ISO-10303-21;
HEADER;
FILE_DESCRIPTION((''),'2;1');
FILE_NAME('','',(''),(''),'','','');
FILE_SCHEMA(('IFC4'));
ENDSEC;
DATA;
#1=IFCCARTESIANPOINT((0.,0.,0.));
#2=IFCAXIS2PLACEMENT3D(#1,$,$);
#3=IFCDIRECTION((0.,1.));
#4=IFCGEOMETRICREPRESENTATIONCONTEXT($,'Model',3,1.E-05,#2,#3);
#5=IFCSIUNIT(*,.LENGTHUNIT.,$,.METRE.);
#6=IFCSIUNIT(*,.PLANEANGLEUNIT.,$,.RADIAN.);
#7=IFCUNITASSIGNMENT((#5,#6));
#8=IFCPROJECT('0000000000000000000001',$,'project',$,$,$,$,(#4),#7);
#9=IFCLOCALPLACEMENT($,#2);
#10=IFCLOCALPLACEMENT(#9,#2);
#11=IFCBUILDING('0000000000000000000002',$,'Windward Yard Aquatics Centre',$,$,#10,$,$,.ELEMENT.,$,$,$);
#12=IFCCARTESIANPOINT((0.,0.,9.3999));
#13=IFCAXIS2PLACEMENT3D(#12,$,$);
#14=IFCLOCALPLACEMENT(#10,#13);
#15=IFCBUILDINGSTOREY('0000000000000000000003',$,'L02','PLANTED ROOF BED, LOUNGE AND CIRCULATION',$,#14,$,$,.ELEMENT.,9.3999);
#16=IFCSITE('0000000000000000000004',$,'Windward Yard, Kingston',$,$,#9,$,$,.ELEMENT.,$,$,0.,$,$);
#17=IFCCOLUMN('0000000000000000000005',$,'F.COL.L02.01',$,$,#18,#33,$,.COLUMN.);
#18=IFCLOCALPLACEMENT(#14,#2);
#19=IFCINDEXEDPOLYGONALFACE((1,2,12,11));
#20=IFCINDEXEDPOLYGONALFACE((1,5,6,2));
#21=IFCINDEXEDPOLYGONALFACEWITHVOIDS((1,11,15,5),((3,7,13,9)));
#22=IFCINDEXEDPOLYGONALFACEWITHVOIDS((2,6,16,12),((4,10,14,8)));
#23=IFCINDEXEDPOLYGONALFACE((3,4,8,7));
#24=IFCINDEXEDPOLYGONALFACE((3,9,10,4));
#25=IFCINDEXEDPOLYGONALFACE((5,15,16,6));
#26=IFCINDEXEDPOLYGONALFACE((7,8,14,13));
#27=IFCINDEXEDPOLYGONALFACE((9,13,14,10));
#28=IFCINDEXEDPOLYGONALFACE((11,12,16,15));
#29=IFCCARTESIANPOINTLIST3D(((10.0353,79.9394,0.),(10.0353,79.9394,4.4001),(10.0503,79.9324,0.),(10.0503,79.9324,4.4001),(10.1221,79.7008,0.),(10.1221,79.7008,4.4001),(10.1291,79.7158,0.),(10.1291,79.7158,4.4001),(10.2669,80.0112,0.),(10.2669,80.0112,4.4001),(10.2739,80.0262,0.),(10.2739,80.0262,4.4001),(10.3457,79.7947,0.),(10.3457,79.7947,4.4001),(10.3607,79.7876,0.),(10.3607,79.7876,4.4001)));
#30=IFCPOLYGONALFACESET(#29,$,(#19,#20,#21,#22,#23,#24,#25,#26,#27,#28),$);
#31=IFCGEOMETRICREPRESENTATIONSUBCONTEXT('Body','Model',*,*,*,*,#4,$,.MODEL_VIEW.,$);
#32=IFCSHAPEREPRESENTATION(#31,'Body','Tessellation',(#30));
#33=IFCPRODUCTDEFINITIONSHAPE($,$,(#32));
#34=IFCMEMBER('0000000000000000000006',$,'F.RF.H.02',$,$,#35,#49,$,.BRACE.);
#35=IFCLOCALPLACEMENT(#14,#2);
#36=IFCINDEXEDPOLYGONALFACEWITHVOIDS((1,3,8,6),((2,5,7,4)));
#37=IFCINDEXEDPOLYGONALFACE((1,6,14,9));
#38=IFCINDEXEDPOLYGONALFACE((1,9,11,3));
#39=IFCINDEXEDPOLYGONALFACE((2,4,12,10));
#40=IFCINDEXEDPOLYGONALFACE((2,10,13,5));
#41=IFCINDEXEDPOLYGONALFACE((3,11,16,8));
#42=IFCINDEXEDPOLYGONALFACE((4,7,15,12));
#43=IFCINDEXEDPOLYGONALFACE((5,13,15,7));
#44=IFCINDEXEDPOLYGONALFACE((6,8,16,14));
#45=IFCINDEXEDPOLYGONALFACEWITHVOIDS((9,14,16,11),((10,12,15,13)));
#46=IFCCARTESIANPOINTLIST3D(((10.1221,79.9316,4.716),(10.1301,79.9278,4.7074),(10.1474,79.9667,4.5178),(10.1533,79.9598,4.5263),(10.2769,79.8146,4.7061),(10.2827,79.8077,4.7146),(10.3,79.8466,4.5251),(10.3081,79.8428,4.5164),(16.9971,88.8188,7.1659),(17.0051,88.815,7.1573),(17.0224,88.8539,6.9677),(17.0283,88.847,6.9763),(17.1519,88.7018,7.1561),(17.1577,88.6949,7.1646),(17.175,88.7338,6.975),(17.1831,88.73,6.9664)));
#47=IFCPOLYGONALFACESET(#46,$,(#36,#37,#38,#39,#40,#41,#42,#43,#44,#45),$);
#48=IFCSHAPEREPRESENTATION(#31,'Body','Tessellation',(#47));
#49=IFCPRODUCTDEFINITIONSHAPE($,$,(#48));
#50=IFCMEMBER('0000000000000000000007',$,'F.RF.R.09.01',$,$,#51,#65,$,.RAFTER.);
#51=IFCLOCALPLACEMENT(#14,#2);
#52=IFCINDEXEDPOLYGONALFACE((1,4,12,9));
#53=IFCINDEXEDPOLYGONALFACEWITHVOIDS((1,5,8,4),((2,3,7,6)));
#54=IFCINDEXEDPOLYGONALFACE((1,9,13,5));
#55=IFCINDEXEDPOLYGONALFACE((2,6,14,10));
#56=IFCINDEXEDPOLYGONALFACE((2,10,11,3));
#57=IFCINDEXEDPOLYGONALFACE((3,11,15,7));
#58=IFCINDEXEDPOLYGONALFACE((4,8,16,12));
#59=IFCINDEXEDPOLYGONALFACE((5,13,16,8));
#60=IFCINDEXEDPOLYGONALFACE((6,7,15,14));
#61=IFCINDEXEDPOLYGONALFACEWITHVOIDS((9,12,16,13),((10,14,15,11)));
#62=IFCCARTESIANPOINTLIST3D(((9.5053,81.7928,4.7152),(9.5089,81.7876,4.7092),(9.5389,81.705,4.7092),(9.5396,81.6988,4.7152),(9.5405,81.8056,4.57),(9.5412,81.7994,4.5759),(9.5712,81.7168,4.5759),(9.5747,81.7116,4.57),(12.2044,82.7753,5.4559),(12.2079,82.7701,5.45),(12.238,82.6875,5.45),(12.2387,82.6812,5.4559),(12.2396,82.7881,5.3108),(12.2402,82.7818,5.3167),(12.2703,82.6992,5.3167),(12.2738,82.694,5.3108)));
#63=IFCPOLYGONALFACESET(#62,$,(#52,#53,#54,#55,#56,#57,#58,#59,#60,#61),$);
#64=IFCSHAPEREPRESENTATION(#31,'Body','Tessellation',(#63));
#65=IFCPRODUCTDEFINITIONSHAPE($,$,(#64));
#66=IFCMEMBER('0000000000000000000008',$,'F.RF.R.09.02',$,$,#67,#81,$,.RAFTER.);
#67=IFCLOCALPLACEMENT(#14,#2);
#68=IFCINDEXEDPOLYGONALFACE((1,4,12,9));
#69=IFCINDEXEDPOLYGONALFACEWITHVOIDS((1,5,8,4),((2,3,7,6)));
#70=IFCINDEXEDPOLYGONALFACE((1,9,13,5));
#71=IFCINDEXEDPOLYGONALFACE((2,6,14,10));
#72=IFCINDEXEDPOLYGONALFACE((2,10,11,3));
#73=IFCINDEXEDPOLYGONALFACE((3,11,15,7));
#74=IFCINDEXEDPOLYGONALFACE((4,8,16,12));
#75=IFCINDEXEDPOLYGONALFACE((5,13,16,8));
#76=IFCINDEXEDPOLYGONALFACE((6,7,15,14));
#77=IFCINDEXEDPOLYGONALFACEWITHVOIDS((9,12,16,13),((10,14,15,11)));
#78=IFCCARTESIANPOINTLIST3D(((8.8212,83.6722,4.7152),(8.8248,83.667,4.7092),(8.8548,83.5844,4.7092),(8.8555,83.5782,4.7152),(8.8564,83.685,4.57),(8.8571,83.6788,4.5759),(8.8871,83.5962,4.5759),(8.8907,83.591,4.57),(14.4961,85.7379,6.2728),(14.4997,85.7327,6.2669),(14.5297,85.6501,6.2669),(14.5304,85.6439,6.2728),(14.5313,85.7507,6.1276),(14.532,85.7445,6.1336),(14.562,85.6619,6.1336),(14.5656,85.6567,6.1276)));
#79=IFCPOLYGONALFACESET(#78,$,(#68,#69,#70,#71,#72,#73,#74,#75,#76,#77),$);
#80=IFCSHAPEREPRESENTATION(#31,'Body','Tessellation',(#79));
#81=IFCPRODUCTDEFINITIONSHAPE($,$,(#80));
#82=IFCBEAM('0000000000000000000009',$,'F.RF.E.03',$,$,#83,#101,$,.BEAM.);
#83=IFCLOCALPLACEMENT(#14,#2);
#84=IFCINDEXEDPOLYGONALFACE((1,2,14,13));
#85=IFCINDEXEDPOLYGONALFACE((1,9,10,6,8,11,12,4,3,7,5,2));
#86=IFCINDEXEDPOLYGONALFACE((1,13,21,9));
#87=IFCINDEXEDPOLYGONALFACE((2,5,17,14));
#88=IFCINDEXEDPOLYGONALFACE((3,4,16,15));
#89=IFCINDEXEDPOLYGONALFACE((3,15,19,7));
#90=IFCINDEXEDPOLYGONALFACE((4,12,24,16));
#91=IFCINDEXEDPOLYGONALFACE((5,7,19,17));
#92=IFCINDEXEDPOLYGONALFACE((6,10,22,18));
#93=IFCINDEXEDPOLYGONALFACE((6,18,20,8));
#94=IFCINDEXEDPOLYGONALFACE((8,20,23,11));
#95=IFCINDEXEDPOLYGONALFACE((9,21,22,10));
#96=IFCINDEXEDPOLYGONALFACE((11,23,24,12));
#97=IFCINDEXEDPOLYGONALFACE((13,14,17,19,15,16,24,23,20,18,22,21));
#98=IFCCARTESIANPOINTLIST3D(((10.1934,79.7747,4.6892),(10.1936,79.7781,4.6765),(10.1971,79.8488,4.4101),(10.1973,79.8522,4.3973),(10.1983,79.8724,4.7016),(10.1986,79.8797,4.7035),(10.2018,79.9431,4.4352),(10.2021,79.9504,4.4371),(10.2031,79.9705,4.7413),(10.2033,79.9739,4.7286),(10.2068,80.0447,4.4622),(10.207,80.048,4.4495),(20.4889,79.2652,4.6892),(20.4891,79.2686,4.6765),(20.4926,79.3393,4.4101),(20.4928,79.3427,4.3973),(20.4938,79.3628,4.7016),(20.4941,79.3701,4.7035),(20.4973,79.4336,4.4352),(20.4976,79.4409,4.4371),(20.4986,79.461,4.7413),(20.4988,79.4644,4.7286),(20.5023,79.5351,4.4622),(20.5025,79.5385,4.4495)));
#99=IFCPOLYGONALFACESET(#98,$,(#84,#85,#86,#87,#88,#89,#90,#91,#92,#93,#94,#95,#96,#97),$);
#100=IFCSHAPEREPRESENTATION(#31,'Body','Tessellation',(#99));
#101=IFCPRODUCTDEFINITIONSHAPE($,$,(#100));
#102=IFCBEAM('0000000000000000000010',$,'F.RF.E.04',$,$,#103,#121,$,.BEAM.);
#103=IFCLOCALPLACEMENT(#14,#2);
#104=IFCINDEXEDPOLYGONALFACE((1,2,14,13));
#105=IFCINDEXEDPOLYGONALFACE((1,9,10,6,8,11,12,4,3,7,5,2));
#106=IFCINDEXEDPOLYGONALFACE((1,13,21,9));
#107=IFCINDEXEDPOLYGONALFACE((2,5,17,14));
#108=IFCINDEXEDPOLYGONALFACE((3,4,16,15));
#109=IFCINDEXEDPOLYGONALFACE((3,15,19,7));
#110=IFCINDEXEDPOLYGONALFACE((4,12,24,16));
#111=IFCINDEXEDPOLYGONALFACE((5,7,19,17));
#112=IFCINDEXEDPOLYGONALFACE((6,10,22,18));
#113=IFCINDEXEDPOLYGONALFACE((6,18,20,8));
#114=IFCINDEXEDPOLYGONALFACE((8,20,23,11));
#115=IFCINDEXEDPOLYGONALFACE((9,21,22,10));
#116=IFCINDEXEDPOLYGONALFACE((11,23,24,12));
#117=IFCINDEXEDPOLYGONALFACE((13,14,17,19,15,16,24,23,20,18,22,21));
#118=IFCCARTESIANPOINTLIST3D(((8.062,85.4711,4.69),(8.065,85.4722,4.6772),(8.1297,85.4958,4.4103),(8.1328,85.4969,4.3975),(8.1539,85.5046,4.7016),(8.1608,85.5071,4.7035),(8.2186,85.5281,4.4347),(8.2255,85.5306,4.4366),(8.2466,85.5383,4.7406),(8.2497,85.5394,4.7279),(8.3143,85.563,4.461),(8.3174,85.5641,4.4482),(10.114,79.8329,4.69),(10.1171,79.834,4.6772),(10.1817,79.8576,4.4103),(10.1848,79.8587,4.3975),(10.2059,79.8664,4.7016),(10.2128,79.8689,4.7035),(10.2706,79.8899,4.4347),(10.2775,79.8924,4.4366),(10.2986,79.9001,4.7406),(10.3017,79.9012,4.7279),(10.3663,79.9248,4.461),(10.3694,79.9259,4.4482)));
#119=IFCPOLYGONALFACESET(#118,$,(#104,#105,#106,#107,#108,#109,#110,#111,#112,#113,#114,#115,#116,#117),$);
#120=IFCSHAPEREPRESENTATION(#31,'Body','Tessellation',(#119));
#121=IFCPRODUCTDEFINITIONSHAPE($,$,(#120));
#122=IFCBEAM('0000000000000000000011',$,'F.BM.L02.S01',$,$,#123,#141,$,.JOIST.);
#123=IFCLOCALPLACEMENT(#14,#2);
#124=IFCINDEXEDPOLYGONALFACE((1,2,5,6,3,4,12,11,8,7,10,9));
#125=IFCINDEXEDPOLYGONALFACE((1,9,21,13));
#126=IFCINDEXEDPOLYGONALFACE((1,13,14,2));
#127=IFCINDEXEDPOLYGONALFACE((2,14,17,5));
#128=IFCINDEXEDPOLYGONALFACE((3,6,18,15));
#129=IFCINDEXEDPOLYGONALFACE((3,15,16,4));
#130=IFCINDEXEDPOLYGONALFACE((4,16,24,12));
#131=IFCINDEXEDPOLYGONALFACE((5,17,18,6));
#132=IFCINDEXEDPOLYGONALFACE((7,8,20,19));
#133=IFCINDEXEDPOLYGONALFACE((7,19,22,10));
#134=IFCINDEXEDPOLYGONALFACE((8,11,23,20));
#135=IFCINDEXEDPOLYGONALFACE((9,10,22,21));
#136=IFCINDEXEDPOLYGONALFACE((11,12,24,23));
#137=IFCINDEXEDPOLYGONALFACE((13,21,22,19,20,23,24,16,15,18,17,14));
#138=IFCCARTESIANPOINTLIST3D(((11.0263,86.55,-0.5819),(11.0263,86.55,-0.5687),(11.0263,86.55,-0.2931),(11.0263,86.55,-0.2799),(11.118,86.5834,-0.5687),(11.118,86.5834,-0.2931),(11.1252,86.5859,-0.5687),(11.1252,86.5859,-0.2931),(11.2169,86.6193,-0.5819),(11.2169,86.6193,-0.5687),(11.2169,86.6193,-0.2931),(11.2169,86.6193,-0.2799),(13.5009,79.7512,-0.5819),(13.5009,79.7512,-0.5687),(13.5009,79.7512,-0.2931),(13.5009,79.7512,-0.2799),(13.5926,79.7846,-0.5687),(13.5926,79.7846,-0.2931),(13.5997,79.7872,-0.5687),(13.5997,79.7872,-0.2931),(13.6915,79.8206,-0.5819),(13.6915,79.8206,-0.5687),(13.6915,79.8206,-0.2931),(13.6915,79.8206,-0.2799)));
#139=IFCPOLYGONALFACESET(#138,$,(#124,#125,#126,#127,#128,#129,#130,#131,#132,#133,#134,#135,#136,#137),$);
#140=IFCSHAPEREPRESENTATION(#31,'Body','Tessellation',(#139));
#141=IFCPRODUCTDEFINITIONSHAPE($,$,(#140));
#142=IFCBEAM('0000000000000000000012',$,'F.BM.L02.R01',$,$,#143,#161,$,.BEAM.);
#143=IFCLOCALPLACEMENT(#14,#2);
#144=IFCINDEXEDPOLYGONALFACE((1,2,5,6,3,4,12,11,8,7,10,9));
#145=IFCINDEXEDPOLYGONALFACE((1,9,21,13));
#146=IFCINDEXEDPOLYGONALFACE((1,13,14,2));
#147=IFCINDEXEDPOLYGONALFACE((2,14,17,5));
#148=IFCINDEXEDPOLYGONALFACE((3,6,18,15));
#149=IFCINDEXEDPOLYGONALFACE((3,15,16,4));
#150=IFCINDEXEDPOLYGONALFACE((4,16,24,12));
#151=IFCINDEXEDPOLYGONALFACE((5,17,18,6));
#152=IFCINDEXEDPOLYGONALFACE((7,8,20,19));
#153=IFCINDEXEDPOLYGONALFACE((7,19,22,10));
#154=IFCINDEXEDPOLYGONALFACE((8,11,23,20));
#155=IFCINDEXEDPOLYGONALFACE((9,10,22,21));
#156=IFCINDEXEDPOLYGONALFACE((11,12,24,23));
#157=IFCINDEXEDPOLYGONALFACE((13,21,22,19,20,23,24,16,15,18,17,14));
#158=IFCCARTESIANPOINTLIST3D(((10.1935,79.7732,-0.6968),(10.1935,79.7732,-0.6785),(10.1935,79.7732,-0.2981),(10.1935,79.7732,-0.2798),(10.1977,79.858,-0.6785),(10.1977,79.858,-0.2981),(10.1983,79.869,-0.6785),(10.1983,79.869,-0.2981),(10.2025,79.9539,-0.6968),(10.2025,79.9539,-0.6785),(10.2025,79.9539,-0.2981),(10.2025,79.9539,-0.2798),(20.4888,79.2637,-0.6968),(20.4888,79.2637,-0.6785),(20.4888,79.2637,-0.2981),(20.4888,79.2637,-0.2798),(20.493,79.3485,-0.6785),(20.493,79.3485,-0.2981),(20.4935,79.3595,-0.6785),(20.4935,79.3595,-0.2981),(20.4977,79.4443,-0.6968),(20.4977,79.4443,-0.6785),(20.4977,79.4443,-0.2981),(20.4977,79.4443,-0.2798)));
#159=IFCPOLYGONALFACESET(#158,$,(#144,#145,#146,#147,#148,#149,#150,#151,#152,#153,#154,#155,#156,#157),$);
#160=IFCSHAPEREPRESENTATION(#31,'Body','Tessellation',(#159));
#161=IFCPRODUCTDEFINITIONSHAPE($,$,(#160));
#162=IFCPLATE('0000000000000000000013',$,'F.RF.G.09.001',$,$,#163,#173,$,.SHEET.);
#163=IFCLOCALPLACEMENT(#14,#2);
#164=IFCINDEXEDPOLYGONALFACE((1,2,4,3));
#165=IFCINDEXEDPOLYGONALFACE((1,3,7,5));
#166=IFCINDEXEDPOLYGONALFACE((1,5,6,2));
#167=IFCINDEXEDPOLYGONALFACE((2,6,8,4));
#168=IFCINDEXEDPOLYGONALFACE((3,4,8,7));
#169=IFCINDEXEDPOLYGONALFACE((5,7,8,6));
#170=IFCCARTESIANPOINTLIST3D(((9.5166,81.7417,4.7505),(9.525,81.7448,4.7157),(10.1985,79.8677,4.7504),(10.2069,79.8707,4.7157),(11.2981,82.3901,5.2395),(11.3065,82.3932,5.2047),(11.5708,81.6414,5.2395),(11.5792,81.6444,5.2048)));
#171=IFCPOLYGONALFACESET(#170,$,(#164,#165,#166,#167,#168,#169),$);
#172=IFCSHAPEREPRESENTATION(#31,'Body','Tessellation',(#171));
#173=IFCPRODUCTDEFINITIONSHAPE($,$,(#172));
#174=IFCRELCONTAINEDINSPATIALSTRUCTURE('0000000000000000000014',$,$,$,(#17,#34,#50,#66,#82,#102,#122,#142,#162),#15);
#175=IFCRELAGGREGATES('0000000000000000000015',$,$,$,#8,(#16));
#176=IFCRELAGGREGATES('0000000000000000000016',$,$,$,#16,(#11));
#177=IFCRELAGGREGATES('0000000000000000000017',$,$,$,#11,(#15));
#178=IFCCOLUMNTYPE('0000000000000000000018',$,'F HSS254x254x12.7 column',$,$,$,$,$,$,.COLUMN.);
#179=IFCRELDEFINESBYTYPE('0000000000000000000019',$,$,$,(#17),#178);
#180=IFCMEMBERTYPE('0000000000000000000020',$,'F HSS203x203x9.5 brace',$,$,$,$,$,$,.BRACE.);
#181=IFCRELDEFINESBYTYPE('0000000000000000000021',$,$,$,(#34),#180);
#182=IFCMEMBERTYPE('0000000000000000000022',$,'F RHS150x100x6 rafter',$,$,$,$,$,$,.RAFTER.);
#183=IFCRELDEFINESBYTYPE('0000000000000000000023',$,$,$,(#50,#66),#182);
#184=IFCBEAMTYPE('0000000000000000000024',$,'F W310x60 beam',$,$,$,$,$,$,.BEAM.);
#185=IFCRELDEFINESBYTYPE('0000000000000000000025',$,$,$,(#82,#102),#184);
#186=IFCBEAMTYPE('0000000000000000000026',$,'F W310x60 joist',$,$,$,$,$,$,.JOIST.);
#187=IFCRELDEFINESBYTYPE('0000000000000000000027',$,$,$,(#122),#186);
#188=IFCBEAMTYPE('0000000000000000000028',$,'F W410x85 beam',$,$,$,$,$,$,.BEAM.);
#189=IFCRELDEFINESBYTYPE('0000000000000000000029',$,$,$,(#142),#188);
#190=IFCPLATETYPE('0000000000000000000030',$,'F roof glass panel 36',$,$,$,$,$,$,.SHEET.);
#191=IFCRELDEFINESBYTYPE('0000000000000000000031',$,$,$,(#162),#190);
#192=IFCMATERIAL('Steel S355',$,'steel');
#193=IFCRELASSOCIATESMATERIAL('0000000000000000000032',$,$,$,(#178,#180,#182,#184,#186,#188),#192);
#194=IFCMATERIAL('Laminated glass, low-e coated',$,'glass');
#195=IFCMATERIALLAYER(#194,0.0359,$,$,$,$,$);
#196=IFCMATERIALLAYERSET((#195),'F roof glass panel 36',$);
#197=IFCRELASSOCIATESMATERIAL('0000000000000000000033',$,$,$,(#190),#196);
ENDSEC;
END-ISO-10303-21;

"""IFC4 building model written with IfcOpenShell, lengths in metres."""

from ifc_helpers import new_model, si_unit, direction, frame, origin, origin_2d, place, context, subcontext, project, spatial, polyline, hollow_rectangle, i_section, outline, extrude, material, layer, layer_set, material_profile, profile_set, type_object, element, save


model = new_model("IFC4")

# Units and contexts
model_context = context("Model", 3, precision=1e-05, world=origin(), true_north=direction((0.0, 1.0)))
body_context = subcontext(model_context, "Body", "Model", "MODEL_VIEW")
ifc_project = project(units=[si_unit("LENGTHUNIT", "METRE"), si_unit("PLANEANGLEUNIT", "RADIAN")], contexts=[model_context])

# Site, building, storey
site_placement = place(None, origin())
site = spatial("IfcSite", under=ifc_project, at=site_placement, Name="Windward Yard, Kingston", CompositionType="ELEMENT", RefElevation=0.0)
building_placement = place(site_placement, origin())
building = spatial("IfcBuilding", under=site, at=building_placement, Name="Windward Yard Aquatics Centre", CompositionType="ELEMENT")
storey_placement = place(building_placement, frame((0.0, 0.0, 9.3999)))
storey = spatial("IfcBuildingStorey", under=building, at=storey_placement, Name="L02", Description="PLANTED ROOF BED, LOUNGE AND CIRCULATION", CompositionType="ELEMENT", Elevation=9.3999)

# Column
ifc_material_1 = material(Name="Steel S355", Category="steel")
ifc_material_profile_1 = material_profile(ifc_material_1, hollow_rectangle(XDim=0.2539, YDim=0.2539, WallThickness=0.0117, at=origin_2d()), Name="HSS254x254x12.7")
ifc_profile_set_1 = profile_set([ifc_material_profile_1], Name="Steel S355")
column_type = type_object("IfcColumnType", Name="F HSS254x254x12.7 column", PredefinedType="COLUMN", material=ifc_profile_set_1)
column_placement = place(storey_placement, frame((10.198, 79.8635, 0.0), z_axis=(0.0, 0.0, 1.0), x_axis=(0.939693, 0.34202, 0.0)))
element("IfcColumn", 1, at=column_placement, inside=storey, type_object=column_type, Name="F.COL.L02.01", PredefinedType="COLUMN", context=body_context, shape_type="SweptSolid", body=[
    extrude(hollow_rectangle(XDim=0.2539, YDim=0.2539, WallThickness=0.0117, at=origin_2d()), origin(), (0.0, 0.0, 1.0), 4.4001),
])

# Members
ifc_material_profile_2 = material_profile(ifc_material_1, hollow_rectangle(XDim=0.2029, YDim=0.2029, WallThickness=0.0088, at=origin_2d()), Name="HSS203x203x9.5")
ifc_profile_set_2 = profile_set([ifc_material_profile_2], Name="Steel S355")
member_type_1 = type_object("IfcMemberType", Name="F HSS203x203x9.5 brace", PredefinedType="BRACE", material=ifc_profile_set_2)
member_1_placement = place(storey_placement, frame((10.2151, 79.8872, 4.6162), z_axis=(0.597825, 0.7728, 0.213039), x_axis=(-0.791834, 0.6107, 0.006712)))
element("IfcMember", 2, at=member_1_placement, inside=storey, type_object=member_type_1, Name="F.RF.H.02", PredefinedType="BRACE", context=body_context, shape_type="SweptSolid", body=[
    extrude(hollow_rectangle(XDim=0.2029, YDim=0.2029, WallThickness=0.0088, at=origin_2d()), origin(), (0.0, 0.0, 1.0), 11.5),
])
ifc_material_profile_3 = material_profile(ifc_material_1, hollow_rectangle(XDim=0.1001, YDim=0.1499, WallThickness=0.0061, at=origin_2d()), Name="RHS150x100x6")
ifc_profile_set_3 = profile_set([ifc_material_profile_3], Name="Steel S355")
member_type_2 = type_object("IfcMemberType", Name="F RHS150x100x6 rafter", PredefinedType="RAFTER", material=ifc_profile_set_3)
member_2_placement = place(storey_placement, frame((9.54, 81.7522, 4.6426), z_axis=(0.909913, 0.331207, 0.249722), x_axis=(-0.342043, 0.939684, 0.0)))
element("IfcMember", 3, at=member_2_placement, inside=storey, type_object=member_type_2, Name="F.RF.R.09.01", PredefinedType="RAFTER", context=body_context, shape_type="SweptSolid", body=[
    extrude(hollow_rectangle(XDim=0.1001, YDim=0.1499, WallThickness=0.0061, at=origin_2d()), origin(), (0.0, 0.0, 1.0), 2.9663),
])
member_3_placement = place(storey_placement, frame((8.856, 83.6316, 4.6426), z_axis=(0.909903, 0.331212, 0.24975), x_axis=(-0.342051, 0.939681, 0.0)))
element("IfcMember", 4, at=member_3_placement, inside=storey, type_object=member_type_2, Name="F.RF.R.09.02", PredefinedType="RAFTER", context=body_context, shape_type="SweptSolid", body=[
    extrude(hollow_rectangle(XDim=0.1001, YDim=0.1499, WallThickness=0.0061, at=origin_2d()), origin(), (0.0, 0.0, 1.0), 6.2368),
])

# Beams
ifc_material_profile_4 = material_profile(ifc_material_1, i_section(OverallWidth=0.2029, OverallDepth=0.302, WebThickness=0.0076, FlangeThickness=0.0132, at=origin_2d()), Name="W310x60")
ifc_profile_set_4 = profile_set([ifc_material_profile_4], Name="Steel S355")
beam_type_1 = type_object("IfcBeamType", Name="F W310x60 beam", PredefinedType="BEAM", material=ifc_profile_set_4)
beam_1_placement = place(storey_placement, frame((10.2002, 79.9114, 4.5693), z_axis=(0.998778, -0.04943, 0.0), x_axis=(0.047771, 0.965254, 0.256908)))
element("IfcBeam", 5, at=beam_1_placement, inside=storey, type_object=beam_type_1, Name="F.RF.E.03", PredefinedType="BEAM", context=body_context, shape_type="SweptSolid", body=[
    extrude(i_section(OverallWidth=0.2029, OverallDepth=0.302, WebThickness=0.0076, FlangeThickness=0.0132, at=origin_2d()), origin(), (0.0, 0.0, 1.0), 10.3081),
])
beam_2_placement = place(storey_placement, frame((10.2417, 79.8794, 4.5691), z_axis=(-0.342001, 0.9397, 0.0), x_axis=(-0.909927, -0.331166, -0.249724)))
element("IfcBeam", 6, at=beam_2_placement, inside=storey, type_object=beam_type_1, Name="F.RF.E.04", PredefinedType="BEAM", context=body_context, shape_type="SweptSolid", body=[
    extrude(i_section(OverallWidth=0.2029, OverallDepth=0.302, WebThickness=0.0076, FlangeThickness=0.0132, at=origin_2d()), origin(), (0.0, 0.0, 1.0), 6.0),
])
ifc_material_profile_5 = material_profile(ifc_material_1, i_section(OverallWidth=0.2029, OverallDepth=0.302, WebThickness=0.0076, FlangeThickness=0.0132, at=origin_2d()), Name="W310x60")
ifc_profile_set_5 = profile_set([ifc_material_profile_5], Name="Steel S355")
beam_type_2 = type_object("IfcBeamType", Name="F W310x60 joist", PredefinedType="JOIST", material=ifc_profile_set_5)
beam_3_placement = place(storey_placement, frame((13.5962, 79.7859, -0.4309), z_axis=(-0.342025, 0.939691, 0.0), x_axis=(-0.939691, -0.342025, 0.0)))
element("IfcBeam", 7, at=beam_3_placement, inside=storey, type_object=beam_type_2, Name="F.BM.L02.S01", PredefinedType="JOIST", context=body_context, shape_type="SweptSolid", body=[
    extrude(i_section(OverallWidth=0.2029, OverallDepth=0.302, WebThickness=0.0076, FlangeThickness=0.0132, at=origin_2d()), origin(), (0.0, 0.0, 1.0), 7.2351),
])
ifc_material_profile_6 = material_profile(ifc_material_1, i_section(OverallWidth=0.1809, OverallDepth=0.417, WebThickness=0.011, FlangeThickness=0.0183, at=origin_2d()), Name="W410x85")
ifc_profile_set_6 = profile_set([ifc_material_profile_6], Name="Steel S355")
beam_type_3 = type_object("IfcBeamType", Name="F W410x85 beam", PredefinedType="BEAM", material=ifc_profile_set_6)
beam_4_placement = place(storey_placement, frame((10.198, 79.8635, -0.4883), z_axis=(0.998778, -0.049431, 0.0), x_axis=(0.049431, 0.998778, 0.0)))
element("IfcBeam", 8, at=beam_4_placement, inside=storey, type_object=beam_type_3, Name="F.BM.L02.R01", PredefinedType="BEAM", context=body_context, shape_type="SweptSolid", body=[
    extrude(i_section(OverallWidth=0.1809, OverallDepth=0.417, WebThickness=0.011, FlangeThickness=0.0183, at=origin_2d()), origin(), (0.0, 0.0, 1.0), 10.3079),
])

# Plate
ifc_material_2 = material(Name="Laminated glass, low-e coated", Category="glass")
ifc_layer_1 = layer(ifc_material_2, 0.0359)
ifc_layer_set_1 = layer_set([ifc_layer_1], Name="F roof glass panel 36")
plate_type = type_object("IfcPlateType", Name="F roof glass panel 36", PredefinedType="SHEET", material=ifc_layer_set_1)
plate_1_placement = place(storey_placement, frame((9.5166, 81.7417, 4.7505), z_axis=(-0.234684, -0.085415, 0.968312), x_axis=(0.909911, 0.331194, 0.249745)))
element("IfcPlate", 9, at=plate_1_placement, inside=storey, type_object=plate_type, Name="F.RF.G.09.001", PredefinedType="SHEET", context=body_context, shape_type="SweptSolid", body=[
    extrude(outline(polyline([(0.0, 0.0), (1.9579, 0.0), (1.958, -0.7969), (-0.0002, -1.9942), (0.0, 0.0)])), origin(), (0.0, 0.0, -1.0), 0.0359),
])

save(model, "model.ifc")
